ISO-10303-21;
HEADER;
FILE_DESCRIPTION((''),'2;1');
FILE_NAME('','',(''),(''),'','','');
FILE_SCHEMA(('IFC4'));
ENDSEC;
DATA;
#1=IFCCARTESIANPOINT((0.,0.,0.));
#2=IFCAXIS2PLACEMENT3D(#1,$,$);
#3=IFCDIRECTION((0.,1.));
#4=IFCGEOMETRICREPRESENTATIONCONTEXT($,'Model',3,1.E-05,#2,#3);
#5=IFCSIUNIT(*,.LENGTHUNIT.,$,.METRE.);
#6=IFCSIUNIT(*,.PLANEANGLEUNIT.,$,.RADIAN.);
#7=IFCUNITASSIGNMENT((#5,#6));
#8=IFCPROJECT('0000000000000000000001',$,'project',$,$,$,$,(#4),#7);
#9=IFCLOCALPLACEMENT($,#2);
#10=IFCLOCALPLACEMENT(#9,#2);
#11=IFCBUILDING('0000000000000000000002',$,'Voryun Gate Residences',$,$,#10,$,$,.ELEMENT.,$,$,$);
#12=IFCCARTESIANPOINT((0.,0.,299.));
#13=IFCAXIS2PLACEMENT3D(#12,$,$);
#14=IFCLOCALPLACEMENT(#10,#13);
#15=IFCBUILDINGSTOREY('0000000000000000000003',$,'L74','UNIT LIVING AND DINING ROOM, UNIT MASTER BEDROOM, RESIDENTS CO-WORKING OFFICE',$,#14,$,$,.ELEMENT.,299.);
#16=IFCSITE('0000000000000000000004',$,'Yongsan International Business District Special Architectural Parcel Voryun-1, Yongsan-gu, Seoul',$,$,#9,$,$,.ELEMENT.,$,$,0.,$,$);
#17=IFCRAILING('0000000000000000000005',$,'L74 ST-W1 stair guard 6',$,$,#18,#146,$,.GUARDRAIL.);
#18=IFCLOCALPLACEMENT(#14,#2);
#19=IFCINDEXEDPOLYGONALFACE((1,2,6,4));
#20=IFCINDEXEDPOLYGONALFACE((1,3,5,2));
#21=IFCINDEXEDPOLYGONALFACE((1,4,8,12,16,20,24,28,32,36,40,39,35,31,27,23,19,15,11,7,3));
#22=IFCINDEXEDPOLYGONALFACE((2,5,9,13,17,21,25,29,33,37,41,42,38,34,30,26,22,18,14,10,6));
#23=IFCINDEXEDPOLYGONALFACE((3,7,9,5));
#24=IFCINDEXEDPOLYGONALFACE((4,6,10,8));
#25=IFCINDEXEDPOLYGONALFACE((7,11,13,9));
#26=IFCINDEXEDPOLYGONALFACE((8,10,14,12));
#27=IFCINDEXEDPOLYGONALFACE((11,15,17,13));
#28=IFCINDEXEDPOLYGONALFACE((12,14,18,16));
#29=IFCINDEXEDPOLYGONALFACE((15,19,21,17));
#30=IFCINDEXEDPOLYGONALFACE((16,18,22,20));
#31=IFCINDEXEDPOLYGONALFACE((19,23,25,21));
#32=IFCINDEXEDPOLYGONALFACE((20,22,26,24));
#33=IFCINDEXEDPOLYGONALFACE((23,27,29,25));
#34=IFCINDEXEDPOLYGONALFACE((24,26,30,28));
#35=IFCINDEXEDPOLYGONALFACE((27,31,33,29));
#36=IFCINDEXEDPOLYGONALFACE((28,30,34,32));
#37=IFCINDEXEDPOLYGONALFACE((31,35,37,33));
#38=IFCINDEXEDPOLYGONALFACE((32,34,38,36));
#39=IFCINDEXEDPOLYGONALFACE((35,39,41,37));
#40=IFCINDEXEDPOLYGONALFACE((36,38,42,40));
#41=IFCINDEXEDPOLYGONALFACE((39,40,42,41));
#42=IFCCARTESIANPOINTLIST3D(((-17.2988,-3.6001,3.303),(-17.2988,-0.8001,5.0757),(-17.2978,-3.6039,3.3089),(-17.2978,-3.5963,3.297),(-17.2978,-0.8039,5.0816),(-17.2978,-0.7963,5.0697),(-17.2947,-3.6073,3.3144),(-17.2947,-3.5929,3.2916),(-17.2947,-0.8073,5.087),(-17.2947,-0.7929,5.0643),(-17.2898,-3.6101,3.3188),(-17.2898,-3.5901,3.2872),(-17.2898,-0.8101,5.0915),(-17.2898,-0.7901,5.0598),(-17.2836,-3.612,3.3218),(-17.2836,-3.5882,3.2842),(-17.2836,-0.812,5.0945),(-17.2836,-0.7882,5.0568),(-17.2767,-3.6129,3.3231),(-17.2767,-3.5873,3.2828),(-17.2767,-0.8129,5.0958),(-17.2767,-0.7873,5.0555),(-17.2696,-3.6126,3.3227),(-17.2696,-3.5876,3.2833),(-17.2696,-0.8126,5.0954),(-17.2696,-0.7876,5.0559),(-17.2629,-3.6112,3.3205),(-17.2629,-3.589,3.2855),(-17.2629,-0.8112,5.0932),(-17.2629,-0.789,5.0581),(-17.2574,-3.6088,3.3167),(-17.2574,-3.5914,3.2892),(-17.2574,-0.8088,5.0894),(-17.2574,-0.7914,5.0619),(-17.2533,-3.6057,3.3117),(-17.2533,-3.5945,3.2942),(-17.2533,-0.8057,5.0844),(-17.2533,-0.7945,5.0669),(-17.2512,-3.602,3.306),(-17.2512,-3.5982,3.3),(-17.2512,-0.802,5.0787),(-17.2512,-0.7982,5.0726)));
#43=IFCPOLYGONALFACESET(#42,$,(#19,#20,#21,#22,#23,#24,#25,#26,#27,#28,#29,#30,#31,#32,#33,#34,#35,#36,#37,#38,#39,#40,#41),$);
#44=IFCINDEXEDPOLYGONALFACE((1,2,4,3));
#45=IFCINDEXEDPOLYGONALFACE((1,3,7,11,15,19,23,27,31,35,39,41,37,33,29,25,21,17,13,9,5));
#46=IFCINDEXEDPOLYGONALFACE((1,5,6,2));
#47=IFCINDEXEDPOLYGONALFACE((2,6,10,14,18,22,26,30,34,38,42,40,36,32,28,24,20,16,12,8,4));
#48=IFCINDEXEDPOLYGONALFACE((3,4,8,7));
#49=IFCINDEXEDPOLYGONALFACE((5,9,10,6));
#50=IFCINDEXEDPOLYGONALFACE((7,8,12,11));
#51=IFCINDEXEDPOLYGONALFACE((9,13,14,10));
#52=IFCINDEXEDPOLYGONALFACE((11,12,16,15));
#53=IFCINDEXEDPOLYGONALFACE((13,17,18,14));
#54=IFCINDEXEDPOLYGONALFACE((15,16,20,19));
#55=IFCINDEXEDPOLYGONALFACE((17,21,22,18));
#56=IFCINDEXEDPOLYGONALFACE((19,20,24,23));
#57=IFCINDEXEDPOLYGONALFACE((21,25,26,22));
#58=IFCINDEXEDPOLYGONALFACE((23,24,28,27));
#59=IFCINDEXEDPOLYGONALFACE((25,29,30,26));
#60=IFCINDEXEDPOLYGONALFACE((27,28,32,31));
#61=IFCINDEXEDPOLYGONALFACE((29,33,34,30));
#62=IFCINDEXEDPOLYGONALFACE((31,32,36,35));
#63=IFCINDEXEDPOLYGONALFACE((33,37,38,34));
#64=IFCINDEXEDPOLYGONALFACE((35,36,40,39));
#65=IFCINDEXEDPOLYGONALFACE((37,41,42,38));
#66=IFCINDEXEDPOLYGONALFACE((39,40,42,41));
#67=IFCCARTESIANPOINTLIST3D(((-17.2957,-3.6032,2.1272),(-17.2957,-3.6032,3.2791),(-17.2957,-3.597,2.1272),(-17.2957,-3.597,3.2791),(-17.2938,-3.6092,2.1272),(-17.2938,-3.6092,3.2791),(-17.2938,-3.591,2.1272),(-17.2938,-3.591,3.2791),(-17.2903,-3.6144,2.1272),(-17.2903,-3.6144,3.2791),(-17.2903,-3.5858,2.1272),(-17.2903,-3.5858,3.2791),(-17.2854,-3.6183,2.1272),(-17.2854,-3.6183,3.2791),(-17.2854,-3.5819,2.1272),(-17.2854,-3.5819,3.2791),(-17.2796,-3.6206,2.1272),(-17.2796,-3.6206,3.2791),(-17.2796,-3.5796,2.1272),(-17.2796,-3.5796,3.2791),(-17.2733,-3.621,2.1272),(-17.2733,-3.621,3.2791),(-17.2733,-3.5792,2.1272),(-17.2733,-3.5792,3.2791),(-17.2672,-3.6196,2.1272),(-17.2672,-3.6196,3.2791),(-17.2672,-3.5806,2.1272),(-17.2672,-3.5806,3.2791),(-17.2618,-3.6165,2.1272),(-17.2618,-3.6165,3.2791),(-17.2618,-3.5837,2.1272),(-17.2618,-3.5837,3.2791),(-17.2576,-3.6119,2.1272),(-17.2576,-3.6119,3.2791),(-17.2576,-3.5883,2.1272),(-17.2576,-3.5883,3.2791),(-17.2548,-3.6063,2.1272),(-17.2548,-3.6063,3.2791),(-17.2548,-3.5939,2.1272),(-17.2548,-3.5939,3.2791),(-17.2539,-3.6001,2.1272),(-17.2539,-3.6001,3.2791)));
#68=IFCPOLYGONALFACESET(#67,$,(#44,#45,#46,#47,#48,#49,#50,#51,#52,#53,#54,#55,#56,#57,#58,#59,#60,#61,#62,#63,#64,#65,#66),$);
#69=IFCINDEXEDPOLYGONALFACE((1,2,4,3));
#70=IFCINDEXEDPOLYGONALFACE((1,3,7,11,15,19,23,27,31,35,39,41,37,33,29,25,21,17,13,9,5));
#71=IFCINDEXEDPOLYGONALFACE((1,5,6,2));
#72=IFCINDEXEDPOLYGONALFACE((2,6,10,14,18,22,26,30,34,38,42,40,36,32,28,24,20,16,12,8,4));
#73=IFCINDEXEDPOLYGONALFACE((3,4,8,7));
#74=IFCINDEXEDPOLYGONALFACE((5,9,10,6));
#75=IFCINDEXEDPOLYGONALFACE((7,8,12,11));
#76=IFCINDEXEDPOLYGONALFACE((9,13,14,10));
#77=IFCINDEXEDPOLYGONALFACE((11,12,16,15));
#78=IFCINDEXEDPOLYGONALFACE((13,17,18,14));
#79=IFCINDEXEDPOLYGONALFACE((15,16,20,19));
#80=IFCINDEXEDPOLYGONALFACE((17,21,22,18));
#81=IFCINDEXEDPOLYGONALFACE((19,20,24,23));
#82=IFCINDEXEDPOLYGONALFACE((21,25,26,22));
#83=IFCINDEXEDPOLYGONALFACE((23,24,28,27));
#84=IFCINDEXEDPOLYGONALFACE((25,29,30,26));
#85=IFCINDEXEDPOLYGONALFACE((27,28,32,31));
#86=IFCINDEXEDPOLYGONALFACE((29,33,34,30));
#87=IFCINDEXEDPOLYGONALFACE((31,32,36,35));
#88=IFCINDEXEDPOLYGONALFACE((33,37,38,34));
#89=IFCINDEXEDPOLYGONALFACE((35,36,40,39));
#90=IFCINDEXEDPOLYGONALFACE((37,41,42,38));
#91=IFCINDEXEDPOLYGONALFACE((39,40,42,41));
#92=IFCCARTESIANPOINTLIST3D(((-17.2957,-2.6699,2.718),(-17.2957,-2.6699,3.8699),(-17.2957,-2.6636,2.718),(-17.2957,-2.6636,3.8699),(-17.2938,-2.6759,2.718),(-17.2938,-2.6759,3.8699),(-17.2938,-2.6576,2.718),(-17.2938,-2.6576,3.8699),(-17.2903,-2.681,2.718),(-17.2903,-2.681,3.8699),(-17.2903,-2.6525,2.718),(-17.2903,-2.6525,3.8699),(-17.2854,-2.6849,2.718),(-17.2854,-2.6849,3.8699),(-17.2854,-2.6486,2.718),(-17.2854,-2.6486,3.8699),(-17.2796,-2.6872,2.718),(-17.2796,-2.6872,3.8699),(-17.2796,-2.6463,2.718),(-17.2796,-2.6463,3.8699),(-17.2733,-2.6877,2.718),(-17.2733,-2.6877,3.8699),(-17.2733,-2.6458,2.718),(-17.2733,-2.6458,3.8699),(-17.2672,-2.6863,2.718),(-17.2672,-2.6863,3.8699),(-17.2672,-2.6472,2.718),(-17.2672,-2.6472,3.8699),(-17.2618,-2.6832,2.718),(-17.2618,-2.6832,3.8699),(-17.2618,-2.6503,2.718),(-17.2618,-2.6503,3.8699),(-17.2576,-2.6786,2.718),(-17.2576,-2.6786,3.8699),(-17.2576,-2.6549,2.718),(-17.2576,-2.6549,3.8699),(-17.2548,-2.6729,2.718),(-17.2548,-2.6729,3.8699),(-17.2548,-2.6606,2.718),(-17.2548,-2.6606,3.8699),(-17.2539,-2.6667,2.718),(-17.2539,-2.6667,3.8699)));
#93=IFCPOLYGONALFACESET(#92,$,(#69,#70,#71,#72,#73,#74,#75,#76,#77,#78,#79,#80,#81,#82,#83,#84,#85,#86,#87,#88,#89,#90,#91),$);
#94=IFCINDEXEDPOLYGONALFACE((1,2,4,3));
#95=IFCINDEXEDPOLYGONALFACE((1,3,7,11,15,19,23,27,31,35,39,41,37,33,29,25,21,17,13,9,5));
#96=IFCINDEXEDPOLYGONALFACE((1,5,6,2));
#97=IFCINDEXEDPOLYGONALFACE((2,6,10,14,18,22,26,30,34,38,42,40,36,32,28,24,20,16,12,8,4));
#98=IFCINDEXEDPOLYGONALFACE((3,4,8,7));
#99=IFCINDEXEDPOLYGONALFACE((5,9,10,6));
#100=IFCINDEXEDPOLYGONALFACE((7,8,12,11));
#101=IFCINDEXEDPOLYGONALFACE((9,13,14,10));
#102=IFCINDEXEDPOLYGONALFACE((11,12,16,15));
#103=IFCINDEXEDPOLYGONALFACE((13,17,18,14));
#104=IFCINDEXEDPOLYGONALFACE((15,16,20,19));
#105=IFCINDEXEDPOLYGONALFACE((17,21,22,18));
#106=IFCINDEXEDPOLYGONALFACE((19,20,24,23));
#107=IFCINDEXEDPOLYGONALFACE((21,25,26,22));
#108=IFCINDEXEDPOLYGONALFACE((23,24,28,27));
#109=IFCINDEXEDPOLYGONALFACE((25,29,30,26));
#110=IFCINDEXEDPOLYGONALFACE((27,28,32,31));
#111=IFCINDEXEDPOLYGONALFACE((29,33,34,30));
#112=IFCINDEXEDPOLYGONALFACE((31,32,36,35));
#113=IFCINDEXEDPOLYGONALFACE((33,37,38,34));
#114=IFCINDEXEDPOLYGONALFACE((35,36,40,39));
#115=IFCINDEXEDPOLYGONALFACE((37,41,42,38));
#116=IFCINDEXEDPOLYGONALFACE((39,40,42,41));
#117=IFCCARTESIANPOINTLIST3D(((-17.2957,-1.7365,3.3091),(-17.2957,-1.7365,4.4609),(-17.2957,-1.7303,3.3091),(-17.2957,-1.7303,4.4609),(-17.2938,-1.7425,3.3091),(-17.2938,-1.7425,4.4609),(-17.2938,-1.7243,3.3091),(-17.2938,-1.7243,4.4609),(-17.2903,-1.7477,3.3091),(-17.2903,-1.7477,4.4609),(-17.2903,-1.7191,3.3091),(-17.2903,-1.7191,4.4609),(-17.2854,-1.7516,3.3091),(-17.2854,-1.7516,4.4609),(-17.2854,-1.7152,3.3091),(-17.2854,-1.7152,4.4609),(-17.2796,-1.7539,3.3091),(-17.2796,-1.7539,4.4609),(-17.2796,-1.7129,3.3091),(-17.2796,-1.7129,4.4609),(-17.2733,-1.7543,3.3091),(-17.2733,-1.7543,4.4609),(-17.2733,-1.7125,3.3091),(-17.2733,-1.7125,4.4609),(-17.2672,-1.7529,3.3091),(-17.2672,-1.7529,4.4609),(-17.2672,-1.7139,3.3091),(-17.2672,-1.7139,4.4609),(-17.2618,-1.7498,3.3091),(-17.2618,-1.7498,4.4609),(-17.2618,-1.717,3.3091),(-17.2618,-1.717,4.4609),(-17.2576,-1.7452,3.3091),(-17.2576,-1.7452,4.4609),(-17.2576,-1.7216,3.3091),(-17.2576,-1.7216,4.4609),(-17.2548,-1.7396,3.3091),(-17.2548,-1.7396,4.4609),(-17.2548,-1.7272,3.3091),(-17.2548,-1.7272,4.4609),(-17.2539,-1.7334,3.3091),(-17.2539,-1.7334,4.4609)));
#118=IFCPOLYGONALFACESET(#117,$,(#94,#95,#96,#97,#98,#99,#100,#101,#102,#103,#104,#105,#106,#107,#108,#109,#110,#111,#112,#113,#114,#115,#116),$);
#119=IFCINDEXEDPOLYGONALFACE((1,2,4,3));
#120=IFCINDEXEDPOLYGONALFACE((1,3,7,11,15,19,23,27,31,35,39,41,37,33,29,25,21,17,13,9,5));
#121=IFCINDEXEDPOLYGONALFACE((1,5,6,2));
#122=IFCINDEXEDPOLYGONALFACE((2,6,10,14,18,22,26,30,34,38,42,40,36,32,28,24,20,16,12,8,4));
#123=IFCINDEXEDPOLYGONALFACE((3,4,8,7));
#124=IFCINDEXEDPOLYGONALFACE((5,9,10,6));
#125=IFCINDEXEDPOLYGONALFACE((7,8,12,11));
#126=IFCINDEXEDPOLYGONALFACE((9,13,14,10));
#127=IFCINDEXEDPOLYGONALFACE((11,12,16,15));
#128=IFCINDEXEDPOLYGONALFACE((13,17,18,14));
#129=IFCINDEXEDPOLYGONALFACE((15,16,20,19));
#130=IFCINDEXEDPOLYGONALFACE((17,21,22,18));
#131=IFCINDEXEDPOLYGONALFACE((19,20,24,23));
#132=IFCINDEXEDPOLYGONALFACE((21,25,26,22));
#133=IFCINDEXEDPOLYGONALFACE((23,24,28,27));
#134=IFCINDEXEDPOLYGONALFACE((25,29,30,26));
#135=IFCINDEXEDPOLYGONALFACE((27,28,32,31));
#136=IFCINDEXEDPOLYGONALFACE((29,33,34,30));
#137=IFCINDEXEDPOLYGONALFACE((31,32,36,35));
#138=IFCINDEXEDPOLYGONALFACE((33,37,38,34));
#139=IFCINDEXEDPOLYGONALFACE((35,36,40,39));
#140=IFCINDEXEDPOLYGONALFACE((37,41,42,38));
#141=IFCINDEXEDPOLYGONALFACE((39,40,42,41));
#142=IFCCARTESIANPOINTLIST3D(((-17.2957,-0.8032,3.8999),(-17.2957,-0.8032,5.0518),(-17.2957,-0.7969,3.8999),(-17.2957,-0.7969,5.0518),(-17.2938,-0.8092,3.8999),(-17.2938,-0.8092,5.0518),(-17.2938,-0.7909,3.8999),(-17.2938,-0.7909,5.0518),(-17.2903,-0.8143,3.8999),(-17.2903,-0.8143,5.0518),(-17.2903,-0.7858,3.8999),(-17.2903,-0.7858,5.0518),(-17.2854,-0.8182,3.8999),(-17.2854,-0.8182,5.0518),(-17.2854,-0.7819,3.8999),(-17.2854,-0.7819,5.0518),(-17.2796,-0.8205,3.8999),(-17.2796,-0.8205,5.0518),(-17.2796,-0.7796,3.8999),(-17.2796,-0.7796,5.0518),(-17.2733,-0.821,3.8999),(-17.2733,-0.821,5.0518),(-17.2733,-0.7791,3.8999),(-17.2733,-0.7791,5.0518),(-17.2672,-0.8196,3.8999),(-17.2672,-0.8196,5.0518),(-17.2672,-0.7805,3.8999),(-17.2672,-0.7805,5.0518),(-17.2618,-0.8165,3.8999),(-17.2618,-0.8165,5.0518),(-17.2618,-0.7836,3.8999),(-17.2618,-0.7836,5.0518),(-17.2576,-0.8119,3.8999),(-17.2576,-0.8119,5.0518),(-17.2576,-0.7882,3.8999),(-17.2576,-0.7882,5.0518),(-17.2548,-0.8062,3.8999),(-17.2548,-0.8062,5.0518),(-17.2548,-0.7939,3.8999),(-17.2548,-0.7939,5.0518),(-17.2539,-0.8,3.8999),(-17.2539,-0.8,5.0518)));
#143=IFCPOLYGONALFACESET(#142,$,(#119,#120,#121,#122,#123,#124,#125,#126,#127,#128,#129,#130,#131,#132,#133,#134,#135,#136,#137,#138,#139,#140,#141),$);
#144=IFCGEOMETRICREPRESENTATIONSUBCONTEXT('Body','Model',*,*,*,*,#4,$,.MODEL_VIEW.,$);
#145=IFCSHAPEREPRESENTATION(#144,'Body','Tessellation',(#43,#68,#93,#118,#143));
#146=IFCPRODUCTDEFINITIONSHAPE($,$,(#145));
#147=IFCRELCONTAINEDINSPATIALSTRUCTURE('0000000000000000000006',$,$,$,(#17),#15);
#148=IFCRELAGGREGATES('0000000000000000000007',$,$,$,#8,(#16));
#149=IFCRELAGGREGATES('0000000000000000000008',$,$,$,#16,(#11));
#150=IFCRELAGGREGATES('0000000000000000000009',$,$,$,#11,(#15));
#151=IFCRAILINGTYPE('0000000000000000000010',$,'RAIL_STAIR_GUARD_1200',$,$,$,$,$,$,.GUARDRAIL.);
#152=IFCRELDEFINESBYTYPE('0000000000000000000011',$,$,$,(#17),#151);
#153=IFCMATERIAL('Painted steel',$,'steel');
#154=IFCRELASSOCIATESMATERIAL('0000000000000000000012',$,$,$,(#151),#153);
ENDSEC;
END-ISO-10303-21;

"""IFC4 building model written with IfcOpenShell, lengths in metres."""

from ifc_helpers import new_model, si_unit, direction, frame, origin, origin_2d, place, context, subcontext, project, spatial, circle, extrude, material, type_object, element, save


model = new_model("IFC4")

# Units and contexts
model_context = context("Model", 3, precision=1e-05, world=origin(), true_north=direction((0.0, 1.0)))
body_context = subcontext(model_context, "Body", "Model", "MODEL_VIEW")
ifc_project = project(units=[si_unit("LENGTHUNIT", "METRE"), si_unit("PLANEANGLEUNIT", "RADIAN")], contexts=[model_context])

# Site, building, storey
site_placement = place(None, origin())
site = spatial("IfcSite", under=ifc_project, at=site_placement, Name="Yongsan International Business District Special Architectural Parcel Voryun-1, Yongsan-gu, Seoul", CompositionType="ELEMENT", RefElevation=0.0)
building_placement = place(site_placement, origin())
building = spatial("IfcBuilding", under=site, at=building_placement, Name="Voryun Gate Residences", CompositionType="ELEMENT")
storey_placement = place(building_placement, frame((0.0, 0.0, 299.0)))
storey = spatial("IfcBuildingStorey", under=building, at=storey_placement, Name="L74", Description="UNIT LIVING AND DINING ROOM, UNIT MASTER BEDROOM, RESIDENTS CO-WORKING OFFICE", CompositionType="ELEMENT", Elevation=299.0)

# Railing
ifc_material_1 = material(Name="Painted steel", Category="steel")
railing_type_1 = type_object("IfcRailingType", Name="RAIL_STAIR_GUARD_1200", PredefinedType="GUARDRAIL", material=ifc_material_1)
railing_1_placement = place(storey_placement, frame((-17.2749, -3.6001, 2.1272)))
element("IfcRailing", 1, at=railing_1_placement, inside=storey, type_object=railing_type_1, Name="L74 ST-W1 stair guard 6", PredefinedType="GUARDRAIL", context=body_context, shape_type="SweptSolid", body=[
    extrude(circle(Radius=0.0239, at=origin_2d()), frame((0.0, 0.0, 1.1758), z_axis=(0.0, 0.844909, 0.53491), x_axis=(-1.0, 0.0, 0.0)), (0.0, 0.0, 1.0), 3.314),
    extrude(circle(Radius=0.021, at=origin_2d()), origin(), (0.0, 0.0, 1.0), 1.1519),
    extrude(circle(Radius=0.021, at=origin_2d()), frame((0.0, 0.9333, 0.5908)), (0.0, 0.0, 1.0), 1.1519),
    extrude(circle(Radius=0.021, at=origin_2d()), frame((0.0, 1.8667, 1.1819)), (0.0, 0.0, 1.0), 1.1519),
    extrude(circle(Radius=0.021, at=origin_2d()), frame((0.0, 2.8, 1.7727)), (0.0, 0.0, 1.0), 1.1519),
])

save(model, "model.ifc")
